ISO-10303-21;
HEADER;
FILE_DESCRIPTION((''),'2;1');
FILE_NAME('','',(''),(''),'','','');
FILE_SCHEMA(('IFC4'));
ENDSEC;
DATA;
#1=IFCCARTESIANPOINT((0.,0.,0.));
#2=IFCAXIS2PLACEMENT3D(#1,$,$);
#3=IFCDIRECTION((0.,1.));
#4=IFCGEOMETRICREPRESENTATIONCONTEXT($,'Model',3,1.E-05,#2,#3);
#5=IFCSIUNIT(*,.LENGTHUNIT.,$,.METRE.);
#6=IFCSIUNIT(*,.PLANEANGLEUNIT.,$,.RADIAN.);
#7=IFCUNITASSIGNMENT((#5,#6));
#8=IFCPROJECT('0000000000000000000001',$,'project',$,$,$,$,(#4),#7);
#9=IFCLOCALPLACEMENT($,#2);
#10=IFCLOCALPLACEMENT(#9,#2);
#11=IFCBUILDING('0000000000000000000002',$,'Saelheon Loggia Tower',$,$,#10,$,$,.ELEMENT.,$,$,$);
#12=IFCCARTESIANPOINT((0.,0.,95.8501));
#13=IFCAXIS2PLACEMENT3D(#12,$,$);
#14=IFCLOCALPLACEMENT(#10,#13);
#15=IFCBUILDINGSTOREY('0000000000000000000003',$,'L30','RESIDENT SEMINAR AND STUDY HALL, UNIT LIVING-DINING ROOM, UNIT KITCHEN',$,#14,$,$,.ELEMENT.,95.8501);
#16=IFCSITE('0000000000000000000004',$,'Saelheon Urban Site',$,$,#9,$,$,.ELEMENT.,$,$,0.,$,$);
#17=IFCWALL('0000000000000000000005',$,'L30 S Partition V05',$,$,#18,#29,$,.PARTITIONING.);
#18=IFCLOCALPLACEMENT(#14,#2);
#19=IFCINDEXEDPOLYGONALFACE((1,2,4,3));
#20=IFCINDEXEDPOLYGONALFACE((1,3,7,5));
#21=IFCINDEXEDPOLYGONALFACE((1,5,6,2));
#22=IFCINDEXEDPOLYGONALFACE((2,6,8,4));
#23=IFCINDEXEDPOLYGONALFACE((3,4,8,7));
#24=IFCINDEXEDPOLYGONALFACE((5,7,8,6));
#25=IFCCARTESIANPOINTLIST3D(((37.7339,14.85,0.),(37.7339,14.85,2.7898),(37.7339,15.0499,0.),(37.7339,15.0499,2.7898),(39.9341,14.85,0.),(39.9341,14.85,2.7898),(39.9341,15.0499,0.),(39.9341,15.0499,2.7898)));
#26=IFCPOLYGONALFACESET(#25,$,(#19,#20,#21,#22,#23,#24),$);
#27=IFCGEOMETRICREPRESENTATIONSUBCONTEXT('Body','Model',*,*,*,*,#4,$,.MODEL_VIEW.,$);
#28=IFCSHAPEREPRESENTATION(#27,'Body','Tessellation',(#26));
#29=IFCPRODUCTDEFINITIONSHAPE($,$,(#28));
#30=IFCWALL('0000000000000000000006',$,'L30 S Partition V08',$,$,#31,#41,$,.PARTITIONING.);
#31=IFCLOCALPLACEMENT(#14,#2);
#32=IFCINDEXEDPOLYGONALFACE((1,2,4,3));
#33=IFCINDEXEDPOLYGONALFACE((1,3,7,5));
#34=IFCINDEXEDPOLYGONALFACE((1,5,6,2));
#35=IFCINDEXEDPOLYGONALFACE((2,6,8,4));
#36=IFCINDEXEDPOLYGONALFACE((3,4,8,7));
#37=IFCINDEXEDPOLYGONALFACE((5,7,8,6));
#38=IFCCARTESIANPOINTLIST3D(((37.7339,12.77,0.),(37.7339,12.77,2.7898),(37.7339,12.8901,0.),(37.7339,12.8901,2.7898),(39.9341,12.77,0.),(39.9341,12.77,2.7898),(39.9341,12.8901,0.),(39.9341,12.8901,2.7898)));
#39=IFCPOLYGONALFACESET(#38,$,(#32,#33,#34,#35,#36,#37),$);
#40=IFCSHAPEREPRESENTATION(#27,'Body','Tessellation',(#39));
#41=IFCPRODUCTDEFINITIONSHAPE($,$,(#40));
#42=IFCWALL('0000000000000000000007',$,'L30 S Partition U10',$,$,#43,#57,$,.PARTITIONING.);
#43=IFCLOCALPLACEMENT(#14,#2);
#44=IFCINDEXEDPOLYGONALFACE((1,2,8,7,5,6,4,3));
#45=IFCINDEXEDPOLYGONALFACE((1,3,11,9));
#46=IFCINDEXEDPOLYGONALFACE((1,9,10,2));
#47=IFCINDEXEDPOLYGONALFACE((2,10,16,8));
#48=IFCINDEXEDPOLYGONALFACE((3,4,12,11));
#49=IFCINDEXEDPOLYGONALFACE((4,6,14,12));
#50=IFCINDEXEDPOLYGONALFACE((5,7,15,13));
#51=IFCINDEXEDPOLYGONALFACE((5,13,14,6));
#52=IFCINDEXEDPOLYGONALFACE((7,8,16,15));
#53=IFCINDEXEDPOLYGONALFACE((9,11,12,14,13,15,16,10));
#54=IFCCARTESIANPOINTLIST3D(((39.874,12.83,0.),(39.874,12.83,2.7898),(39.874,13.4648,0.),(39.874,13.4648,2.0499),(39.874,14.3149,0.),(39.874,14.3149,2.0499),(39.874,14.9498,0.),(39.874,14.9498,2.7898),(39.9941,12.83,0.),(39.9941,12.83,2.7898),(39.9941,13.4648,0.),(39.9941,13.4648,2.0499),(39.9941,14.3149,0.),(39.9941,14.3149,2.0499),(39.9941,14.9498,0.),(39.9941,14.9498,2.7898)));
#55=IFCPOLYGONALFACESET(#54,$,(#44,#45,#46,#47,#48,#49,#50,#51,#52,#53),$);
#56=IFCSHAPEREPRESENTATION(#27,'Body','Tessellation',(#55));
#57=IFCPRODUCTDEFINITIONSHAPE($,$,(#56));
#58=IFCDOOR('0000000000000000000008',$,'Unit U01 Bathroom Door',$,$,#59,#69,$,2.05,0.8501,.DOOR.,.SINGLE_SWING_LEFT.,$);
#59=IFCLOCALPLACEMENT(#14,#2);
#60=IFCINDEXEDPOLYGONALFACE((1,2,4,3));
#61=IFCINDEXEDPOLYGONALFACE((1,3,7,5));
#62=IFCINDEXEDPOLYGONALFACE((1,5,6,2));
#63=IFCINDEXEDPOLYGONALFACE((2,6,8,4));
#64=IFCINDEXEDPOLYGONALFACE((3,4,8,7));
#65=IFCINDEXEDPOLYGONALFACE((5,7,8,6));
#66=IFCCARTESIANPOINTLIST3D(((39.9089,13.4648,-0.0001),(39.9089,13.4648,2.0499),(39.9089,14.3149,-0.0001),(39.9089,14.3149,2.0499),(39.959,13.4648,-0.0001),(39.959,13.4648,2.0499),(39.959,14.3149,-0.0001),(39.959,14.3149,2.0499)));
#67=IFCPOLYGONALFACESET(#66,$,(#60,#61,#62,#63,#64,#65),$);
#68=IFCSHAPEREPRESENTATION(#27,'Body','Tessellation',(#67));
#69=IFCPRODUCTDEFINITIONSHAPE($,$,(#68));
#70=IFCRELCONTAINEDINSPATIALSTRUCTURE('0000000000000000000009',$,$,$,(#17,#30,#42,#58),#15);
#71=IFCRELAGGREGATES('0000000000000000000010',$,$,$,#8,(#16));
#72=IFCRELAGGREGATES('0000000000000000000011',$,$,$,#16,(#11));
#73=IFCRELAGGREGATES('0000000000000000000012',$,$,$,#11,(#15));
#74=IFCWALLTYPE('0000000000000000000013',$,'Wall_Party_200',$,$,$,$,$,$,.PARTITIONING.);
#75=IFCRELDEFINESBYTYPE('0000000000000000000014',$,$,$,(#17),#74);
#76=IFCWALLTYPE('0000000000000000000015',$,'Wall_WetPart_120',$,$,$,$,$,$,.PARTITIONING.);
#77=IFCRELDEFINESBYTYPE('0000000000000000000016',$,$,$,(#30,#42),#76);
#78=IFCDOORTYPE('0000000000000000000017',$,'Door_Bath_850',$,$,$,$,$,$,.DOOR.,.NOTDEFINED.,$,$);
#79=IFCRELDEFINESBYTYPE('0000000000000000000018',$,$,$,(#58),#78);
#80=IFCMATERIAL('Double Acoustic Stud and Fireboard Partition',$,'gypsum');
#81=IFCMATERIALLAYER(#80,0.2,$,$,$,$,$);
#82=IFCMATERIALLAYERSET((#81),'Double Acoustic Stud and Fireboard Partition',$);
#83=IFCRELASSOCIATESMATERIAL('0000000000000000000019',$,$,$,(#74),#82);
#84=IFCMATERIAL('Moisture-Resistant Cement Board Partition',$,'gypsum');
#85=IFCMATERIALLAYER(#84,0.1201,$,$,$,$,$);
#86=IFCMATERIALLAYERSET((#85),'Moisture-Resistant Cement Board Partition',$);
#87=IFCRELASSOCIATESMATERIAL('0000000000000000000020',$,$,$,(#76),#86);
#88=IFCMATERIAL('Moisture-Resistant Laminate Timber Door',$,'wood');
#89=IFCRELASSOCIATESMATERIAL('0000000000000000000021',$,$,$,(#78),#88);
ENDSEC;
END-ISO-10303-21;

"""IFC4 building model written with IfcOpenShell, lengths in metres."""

from ifc_helpers import new_model, si_unit, direction, frame, frame_2d, origin, place, context, subcontext, project, spatial, rectangle, extrude, source, transform, mapped, material, layer, layer_set, type_object, element, fill, save


model = new_model("IFC4")

# Units and contexts
model_context = context("Model", 3, precision=1e-05, world=origin(), true_north=direction((0.0, 1.0)))
body_context = subcontext(model_context, "Body", "Model", "MODEL_VIEW")
ifc_project = project(units=[si_unit("LENGTHUNIT", "METRE"), si_unit("PLANEANGLEUNIT", "RADIAN")], contexts=[model_context])

# Site, building, storey
site_placement = place(None, origin())
site = spatial("IfcSite", under=ifc_project, at=site_placement, Name="Saelheon Urban Site", CompositionType="ELEMENT", RefElevation=0.0)
building_placement = place(site_placement, origin())
building = spatial("IfcBuilding", under=site, at=building_placement, Name="Saelheon Loggia Tower", CompositionType="ELEMENT")
storey_placement = place(building_placement, frame((0.0, 0.0, 95.8501)))
storey = spatial("IfcBuildingStorey", under=building, at=storey_placement, Name="L30", Description="RESIDENT SEMINAR AND STUDY HALL, UNIT LIVING-DINING ROOM, UNIT KITCHEN", CompositionType="ELEMENT", Elevation=95.8501)

# Wall
ifc_material_1 = material(Name="Double Acoustic Stud and Fireboard Partition", Category="gypsum")
ifc_layer_1 = layer(ifc_material_1, 0.2)
ifc_layer_set_1 = layer_set([ifc_layer_1], Name="Double Acoustic Stud and Fireboard Partition")
wall_type_1 = type_object("IfcWallType", Name="Wall_Party_200", PredefinedType="PARTITIONING", material=ifc_layer_set_1)
wall_1_placement = place(storey_placement, frame((37.7339, 14.95, 0.0), z_axis=(0.0, 0.0, 1.0), x_axis=(1.0, 0.0, 0.0)))
element("IfcWall", 1, at=wall_1_placement, inside=storey, type_object=wall_type_1, Name="L30 S Partition V05", PredefinedType="PARTITIONING", context=body_context, shape_type="SweptSolid", body=[
    extrude(rectangle(XDim=2.2002, YDim=0.2, at=frame_2d((1.1001, 0.0))), origin(), (0.0, 0.0, 1.0), 2.7898),
])

# Wall
ifc_material_2 = material(Name="Moisture-Resistant Cement Board Partition", Category="gypsum")
ifc_layer_2 = layer(ifc_material_2, 0.1201)
ifc_layer_set_2 = layer_set([ifc_layer_2], Name="Moisture-Resistant Cement Board Partition")
wall_type_2 = type_object("IfcWallType", Name="Wall_WetPart_120", PredefinedType="PARTITIONING", material=ifc_layer_set_2)
wall_2_placement = place(storey_placement, frame((37.7339, 12.8301, 0.0), z_axis=(0.0, 0.0, 1.0), x_axis=(1.0, 0.0, 0.0)))
element("IfcWall", 2, at=wall_2_placement, inside=storey, type_object=wall_type_2, Name="L30 S Partition V08", PredefinedType="PARTITIONING", context=body_context, shape_type="SweptSolid", body=[
    extrude(rectangle(XDim=2.2002, YDim=0.1201, at=frame_2d((1.1001, 0.0))), origin(), (0.0, 0.0, 1.0), 2.7898),
])

# Wall, opening, door
wall_3_placement = place(storey_placement, frame((39.9341, 14.95, 0.0), z_axis=(0.0, 0.0, 1.0), x_axis=(0.0, -1.0, 0.0)))
wall_3 = element("IfcWall", 3, at=wall_3_placement, inside=storey, type_object=wall_type_2, Name="L30 S Partition U10", PredefinedType="PARTITIONING", context=body_context, shape_type="SweptSolid", body=[
    extrude(rectangle(XDim=2.1199, YDim=0.1201, at=frame_2d((1.0601, 0.0))), origin(), (0.0, 0.0, 1.0), 2.7898),
])
opening_1_placement = place(wall_3_placement, frame((0.635, 0.0, 0.0)))
opening_1 = element("IfcOpeningElement", 4, at=opening_1_placement, cuts=wall_3, PredefinedType="OPENING", context=body_context, shape_type="SweptSolid", body=[
    extrude(rectangle(XDim=0.8501, YDim=2.05, at=frame_2d((0.425, 1.0249))), frame((0.0, 0.072, 0.0), z_axis=(0.0, -1.0, 0.0), x_axis=(1.0, 0.0, 0.0)), (0.0, 0.0, 1.0), 0.144),
])
ifc_material_3 = material(Name="Moisture-Resistant Laminate Timber Door", Category="wood")
door_type_1 = type_object("IfcDoorType", Name="Door_Bath_850", OperationType="NOTDEFINED", PredefinedType="DOOR", material=ifc_material_3)
shared_shape_1 = source(origin(), body_context, "Body", "SweptSolid", [
    extrude(rectangle(XDim=0.8501, YDim=2.05, at=frame_2d((0.425, 1.0249))), frame((0.0, 0.0249, 0.0), z_axis=(0.0, -1.0, 0.0), x_axis=(1.0, 0.0, 0.0)), (0.0, 0.0, 1.0), 0.05),
])
door_1_placement = place(opening_1_placement, origin())
door_1 = element("IfcDoor", 5, at=door_1_placement, inside=storey, type_object=door_type_1, Name="Unit U01 Bathroom Door", OperationType="SINGLE_SWING_LEFT", OverallHeight=2.05, OverallWidth=0.8501, PredefinedType="DOOR", context=body_context, shape_type="MappedRepresentation", body=[
    mapped(shared_shape_1, transform((0.0, 0.0, 0.0), scale=1.0)),
])
fill(opening_1, door_1)

save(model, "model.ifc")
